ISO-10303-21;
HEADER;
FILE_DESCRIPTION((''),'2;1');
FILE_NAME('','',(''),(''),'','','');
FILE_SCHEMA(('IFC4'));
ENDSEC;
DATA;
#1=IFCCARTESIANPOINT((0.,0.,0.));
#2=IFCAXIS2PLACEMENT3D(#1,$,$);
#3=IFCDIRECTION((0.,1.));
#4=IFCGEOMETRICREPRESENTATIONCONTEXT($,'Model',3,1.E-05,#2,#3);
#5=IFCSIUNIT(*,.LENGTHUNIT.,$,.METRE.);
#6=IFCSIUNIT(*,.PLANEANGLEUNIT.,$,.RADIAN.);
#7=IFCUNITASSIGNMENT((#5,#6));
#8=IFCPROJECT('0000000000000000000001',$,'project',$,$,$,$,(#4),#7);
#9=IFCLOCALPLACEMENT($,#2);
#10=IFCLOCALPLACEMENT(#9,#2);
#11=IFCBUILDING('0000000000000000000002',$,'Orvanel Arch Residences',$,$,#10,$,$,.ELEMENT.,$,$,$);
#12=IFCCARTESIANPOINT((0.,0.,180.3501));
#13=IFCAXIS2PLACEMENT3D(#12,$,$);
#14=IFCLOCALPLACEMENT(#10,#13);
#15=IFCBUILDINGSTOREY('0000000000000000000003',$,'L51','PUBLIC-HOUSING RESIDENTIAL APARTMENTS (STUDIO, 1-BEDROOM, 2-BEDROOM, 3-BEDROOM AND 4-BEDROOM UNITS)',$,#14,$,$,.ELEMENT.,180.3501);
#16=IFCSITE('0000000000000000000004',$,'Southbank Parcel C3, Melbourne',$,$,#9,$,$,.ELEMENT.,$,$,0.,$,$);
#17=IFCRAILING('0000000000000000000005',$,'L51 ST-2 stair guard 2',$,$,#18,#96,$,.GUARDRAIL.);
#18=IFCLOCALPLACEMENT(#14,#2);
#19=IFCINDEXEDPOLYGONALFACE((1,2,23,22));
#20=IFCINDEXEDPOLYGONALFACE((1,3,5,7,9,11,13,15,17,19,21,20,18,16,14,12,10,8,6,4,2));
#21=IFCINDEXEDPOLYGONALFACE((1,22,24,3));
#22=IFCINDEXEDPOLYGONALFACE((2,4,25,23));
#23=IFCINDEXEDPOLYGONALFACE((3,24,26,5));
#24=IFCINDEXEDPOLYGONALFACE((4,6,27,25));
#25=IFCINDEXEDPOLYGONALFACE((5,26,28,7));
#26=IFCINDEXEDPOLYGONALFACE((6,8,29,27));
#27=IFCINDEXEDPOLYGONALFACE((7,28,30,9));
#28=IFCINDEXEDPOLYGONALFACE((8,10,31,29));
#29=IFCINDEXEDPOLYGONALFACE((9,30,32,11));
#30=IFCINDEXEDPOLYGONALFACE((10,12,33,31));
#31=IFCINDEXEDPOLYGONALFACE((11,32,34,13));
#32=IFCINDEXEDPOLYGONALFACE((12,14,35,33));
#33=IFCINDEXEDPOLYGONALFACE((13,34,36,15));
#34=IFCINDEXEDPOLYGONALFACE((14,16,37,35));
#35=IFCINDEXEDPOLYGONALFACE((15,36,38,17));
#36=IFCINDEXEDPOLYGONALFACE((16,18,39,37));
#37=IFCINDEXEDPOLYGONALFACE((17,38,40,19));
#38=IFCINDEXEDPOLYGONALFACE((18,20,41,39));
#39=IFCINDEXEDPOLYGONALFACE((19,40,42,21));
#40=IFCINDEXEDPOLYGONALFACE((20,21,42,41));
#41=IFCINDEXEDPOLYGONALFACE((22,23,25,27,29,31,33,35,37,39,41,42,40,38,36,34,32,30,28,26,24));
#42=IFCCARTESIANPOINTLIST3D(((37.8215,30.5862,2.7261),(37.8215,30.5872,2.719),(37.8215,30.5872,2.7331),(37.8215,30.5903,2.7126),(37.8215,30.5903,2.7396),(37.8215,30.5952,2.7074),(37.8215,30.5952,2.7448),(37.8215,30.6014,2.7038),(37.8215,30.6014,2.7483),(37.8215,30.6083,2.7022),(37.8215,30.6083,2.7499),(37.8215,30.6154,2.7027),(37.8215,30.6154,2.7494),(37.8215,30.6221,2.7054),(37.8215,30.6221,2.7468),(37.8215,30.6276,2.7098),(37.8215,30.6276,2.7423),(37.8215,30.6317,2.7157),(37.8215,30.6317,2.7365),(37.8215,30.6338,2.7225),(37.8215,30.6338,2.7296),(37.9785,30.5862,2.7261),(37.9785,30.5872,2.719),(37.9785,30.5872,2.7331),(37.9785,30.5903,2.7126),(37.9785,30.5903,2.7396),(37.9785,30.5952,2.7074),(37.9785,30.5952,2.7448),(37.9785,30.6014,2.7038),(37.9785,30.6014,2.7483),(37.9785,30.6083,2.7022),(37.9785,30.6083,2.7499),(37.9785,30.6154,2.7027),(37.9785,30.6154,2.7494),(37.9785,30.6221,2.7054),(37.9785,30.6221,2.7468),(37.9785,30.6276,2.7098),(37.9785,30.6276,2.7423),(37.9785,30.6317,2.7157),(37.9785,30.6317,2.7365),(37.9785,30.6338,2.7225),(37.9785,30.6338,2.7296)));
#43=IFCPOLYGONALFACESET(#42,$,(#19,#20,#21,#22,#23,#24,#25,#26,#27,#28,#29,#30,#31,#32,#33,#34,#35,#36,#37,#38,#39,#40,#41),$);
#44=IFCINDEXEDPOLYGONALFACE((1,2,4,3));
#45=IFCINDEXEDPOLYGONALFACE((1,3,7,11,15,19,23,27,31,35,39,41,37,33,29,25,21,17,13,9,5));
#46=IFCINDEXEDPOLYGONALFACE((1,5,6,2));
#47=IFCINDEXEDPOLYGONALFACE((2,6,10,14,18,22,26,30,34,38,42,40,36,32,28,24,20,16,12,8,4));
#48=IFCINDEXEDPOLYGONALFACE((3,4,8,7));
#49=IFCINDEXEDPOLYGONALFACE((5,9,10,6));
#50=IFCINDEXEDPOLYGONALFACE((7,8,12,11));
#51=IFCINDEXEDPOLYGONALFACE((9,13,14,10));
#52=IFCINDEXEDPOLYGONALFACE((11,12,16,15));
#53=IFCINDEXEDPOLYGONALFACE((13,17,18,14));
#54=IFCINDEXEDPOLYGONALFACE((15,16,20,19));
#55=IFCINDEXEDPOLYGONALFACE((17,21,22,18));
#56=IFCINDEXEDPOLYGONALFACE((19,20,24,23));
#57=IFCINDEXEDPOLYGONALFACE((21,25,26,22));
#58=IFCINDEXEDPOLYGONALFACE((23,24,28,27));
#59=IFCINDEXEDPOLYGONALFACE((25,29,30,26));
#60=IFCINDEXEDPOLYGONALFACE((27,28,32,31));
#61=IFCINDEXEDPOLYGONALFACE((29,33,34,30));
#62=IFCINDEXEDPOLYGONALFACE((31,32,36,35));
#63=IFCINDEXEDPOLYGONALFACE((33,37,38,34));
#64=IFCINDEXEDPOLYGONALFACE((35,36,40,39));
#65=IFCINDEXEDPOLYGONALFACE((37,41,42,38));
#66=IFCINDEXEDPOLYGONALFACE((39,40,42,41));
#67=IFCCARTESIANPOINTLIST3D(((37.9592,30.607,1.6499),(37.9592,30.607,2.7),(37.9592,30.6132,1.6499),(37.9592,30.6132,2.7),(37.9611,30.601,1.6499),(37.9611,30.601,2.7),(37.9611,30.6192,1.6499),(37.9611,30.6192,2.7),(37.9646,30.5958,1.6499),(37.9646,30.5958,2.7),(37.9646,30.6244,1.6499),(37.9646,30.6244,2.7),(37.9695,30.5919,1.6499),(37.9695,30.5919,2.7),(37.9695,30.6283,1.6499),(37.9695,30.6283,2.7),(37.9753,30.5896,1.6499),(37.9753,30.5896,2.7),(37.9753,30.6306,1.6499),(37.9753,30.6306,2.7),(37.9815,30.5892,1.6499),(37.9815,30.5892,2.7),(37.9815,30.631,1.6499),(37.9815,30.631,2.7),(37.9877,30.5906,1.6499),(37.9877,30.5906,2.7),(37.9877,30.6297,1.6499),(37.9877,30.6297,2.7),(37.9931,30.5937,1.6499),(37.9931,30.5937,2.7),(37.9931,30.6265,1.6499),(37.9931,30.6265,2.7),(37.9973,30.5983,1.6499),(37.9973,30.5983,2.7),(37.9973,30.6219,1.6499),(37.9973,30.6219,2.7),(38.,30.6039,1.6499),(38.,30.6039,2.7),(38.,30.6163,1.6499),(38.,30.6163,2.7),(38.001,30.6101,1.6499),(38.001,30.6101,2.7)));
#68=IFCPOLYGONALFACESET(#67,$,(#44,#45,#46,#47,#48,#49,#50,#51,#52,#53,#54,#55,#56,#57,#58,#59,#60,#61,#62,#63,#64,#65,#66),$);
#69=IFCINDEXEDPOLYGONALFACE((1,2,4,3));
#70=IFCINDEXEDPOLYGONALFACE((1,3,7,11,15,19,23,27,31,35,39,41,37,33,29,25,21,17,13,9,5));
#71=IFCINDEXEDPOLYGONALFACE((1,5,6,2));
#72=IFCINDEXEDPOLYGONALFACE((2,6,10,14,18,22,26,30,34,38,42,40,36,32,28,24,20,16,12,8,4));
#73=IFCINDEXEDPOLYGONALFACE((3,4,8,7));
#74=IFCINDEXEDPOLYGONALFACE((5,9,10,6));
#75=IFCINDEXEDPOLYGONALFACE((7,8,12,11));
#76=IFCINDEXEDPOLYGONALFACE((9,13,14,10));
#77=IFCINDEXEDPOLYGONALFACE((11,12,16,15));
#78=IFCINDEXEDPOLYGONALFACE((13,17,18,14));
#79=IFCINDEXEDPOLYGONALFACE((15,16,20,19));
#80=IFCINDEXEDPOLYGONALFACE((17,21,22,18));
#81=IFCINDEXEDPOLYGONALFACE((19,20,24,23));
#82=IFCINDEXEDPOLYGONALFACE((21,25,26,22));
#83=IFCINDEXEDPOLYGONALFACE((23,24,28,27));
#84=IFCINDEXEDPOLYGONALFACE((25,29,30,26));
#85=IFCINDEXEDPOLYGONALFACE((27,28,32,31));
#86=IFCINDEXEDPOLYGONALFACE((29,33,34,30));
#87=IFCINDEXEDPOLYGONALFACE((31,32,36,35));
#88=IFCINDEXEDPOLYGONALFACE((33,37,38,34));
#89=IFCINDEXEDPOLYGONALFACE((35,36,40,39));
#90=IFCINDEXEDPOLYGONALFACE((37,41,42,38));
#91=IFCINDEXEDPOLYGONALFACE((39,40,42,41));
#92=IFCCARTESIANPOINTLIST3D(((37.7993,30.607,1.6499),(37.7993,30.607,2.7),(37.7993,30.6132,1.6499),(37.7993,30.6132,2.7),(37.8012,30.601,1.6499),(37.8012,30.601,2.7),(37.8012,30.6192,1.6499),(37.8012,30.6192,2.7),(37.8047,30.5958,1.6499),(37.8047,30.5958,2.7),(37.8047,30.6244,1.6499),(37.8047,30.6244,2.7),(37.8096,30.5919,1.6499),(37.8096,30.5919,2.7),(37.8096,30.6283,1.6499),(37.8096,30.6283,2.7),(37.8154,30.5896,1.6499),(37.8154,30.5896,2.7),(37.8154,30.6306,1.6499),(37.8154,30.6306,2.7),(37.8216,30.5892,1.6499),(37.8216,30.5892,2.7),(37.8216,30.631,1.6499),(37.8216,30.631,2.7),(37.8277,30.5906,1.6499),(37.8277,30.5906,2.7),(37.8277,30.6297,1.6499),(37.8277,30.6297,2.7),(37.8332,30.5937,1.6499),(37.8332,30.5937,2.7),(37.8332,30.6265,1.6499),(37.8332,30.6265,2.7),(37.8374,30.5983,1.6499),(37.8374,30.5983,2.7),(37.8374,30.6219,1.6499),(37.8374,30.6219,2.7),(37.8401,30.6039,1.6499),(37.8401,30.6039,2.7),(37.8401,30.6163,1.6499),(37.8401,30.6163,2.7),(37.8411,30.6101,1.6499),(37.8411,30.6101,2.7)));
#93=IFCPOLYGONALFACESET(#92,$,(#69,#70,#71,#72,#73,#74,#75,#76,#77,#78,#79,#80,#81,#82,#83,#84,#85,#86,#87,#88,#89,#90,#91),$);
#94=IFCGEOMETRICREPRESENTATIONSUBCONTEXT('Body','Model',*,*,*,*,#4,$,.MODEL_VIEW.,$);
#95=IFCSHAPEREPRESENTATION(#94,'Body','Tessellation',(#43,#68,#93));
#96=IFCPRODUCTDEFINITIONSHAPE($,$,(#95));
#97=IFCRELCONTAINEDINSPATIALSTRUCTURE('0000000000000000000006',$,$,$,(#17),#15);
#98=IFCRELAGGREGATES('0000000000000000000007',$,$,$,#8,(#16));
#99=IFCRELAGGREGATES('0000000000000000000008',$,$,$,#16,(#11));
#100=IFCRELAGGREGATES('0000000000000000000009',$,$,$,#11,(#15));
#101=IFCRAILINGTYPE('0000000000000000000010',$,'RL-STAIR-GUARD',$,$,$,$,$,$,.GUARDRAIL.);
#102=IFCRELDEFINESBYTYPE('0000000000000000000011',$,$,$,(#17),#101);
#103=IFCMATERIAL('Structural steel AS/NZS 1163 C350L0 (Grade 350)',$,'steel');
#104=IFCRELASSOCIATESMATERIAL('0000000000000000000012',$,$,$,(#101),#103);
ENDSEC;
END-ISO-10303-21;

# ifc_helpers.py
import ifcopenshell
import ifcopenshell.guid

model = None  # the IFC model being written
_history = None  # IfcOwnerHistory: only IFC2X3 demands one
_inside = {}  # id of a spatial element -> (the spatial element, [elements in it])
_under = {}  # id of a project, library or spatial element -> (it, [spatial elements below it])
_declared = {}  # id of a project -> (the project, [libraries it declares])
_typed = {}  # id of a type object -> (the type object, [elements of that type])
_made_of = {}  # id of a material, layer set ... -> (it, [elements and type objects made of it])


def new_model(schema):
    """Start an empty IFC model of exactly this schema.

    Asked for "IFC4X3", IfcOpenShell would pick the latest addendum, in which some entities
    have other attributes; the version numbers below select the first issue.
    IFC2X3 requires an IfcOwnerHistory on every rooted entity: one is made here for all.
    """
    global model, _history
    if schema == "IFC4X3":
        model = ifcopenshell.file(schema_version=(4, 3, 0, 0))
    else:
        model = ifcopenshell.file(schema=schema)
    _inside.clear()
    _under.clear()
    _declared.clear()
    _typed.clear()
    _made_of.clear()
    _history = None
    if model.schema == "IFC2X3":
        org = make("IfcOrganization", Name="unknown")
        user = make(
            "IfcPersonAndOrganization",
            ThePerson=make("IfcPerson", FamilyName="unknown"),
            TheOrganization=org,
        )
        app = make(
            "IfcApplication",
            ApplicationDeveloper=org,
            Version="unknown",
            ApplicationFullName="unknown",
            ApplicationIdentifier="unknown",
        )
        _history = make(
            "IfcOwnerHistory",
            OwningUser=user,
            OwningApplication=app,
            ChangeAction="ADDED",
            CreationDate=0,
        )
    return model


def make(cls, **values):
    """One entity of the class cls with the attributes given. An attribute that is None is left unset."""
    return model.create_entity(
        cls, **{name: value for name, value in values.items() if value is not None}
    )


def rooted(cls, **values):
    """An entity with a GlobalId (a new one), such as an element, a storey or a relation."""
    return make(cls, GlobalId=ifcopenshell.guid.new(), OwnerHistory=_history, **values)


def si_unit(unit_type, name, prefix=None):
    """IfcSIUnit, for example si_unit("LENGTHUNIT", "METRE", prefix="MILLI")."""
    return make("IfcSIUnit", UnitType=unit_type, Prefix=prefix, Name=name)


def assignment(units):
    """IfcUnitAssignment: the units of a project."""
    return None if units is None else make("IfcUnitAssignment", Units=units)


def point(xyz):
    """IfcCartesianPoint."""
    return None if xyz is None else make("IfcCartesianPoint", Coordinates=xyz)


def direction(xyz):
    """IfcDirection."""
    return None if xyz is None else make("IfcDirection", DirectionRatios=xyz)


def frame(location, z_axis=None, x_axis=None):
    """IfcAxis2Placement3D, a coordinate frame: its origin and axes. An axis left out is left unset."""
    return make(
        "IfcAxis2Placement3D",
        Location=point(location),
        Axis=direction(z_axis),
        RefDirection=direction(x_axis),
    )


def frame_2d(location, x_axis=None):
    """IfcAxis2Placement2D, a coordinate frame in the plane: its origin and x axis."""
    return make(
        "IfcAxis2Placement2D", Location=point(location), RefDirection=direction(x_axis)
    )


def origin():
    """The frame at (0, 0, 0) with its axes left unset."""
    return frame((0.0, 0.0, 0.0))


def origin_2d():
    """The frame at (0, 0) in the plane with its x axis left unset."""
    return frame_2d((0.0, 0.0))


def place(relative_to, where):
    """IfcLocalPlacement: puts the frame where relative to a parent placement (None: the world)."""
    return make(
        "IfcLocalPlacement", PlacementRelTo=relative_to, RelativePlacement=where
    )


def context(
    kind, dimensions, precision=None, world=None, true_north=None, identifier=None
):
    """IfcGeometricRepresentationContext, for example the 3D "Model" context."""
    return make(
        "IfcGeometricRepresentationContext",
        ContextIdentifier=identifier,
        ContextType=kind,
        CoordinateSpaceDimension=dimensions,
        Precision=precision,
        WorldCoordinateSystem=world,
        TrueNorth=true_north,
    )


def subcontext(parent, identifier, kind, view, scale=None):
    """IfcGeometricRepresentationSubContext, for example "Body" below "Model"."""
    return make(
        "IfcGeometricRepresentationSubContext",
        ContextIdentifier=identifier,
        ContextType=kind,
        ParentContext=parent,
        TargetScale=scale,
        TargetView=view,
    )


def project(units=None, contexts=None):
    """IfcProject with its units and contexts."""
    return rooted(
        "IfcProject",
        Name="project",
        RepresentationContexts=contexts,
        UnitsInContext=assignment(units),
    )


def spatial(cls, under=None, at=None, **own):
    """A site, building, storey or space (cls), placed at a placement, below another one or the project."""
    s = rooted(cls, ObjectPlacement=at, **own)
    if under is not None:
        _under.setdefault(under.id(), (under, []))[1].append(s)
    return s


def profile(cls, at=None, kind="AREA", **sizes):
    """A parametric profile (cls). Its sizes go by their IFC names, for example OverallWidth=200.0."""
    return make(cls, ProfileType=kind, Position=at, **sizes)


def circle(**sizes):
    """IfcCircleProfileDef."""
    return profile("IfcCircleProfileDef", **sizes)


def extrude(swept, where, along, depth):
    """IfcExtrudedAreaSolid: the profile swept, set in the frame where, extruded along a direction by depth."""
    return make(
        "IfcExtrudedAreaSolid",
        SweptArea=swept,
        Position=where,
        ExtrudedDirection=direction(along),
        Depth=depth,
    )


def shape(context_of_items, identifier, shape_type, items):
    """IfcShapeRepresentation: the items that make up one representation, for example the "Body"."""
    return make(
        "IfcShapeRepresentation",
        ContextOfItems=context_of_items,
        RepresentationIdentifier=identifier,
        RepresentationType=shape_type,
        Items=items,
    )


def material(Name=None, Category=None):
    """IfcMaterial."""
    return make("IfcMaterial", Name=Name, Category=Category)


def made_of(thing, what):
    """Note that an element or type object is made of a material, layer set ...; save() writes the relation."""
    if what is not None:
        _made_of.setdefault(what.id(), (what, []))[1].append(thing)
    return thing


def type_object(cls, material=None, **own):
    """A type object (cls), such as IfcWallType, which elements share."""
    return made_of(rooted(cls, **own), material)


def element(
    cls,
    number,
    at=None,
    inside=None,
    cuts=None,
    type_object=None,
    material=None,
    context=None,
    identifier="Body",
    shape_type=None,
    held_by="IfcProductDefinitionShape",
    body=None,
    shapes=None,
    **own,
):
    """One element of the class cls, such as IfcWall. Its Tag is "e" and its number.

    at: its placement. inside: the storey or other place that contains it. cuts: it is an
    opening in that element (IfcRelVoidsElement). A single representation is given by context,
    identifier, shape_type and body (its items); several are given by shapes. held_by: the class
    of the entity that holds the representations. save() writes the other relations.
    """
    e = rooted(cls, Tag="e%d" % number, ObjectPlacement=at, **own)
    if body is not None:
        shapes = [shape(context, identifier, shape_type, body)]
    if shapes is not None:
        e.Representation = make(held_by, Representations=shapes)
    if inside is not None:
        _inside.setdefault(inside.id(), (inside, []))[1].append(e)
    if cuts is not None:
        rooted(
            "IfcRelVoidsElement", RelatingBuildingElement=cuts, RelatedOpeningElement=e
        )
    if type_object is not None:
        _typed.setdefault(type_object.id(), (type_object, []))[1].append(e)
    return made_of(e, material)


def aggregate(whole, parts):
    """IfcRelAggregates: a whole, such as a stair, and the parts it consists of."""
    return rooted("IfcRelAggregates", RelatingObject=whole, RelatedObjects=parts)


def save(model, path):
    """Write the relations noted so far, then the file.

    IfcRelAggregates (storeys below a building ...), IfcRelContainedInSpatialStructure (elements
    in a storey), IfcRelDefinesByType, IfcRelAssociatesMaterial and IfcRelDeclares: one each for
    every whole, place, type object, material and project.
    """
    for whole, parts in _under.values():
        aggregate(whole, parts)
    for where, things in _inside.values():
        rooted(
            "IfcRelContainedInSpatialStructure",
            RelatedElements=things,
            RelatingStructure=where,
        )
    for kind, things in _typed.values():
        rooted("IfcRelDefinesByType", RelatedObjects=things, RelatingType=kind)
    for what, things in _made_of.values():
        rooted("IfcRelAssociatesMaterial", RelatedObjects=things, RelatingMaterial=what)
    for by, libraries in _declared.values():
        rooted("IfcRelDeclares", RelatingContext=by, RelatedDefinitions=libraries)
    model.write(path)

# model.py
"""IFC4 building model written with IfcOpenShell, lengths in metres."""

from ifc_helpers import new_model, si_unit, direction, frame, origin, origin_2d, place, context, subcontext, project, spatial, circle, extrude, material, type_object, element, save


model = new_model("IFC4")

# Units and contexts
model_context = context("Model", 3, precision=1e-05, world=origin(), true_north=direction((0.0, 1.0)))
body_context = subcontext(model_context, "Body", "Model", "MODEL_VIEW")
ifc_project = project(units=[si_unit("LENGTHUNIT", "METRE"), si_unit("PLANEANGLEUNIT", "RADIAN")], contexts=[model_context])

# Site, building, storey
site_placement = place(None, origin())
site = spatial("IfcSite", under=ifc_project, at=site_placement, Name="Southbank Parcel C3, Melbourne", CompositionType="ELEMENT", RefElevation=0.0)
building_placement = place(site_placement, origin())
building = spatial("IfcBuilding", under=site, at=building_placement, Name="Orvanel Arch Residences", CompositionType="ELEMENT")
storey_placement = place(building_placement, frame((0.0, 0.0, 180.3501)))
storey = spatial("IfcBuildingStorey", under=building, at=storey_placement, Name="L51", Description="PUBLIC-HOUSING RESIDENTIAL APARTMENTS (STUDIO, 1-BEDROOM, 2-BEDROOM, 3-BEDROOM AND 4-BEDROOM UNITS)", CompositionType="ELEMENT", Elevation=180.3501)

# Railing
ifc_material_1 = material(Name="Structural steel AS/NZS 1163 C350L0 (Grade 350)", Category="steel")
railing_type_1 = type_object("IfcRailingType", Name="RL-STAIR-GUARD", PredefinedType="GUARDRAIL", material=ifc_material_1)
railing_1_placement = place(storey_placement, frame((37.98, 30.6101, 1.6499)))
element("IfcRailing", 1, at=railing_1_placement, inside=storey, type_object=railing_type_1, Name="L51 ST-2 stair guard 2", PredefinedType="GUARDRAIL", context=body_context, shape_type="SweptSolid", body=[
    extrude(circle(Radius=0.0239, at=origin_2d()), frame((-0.0015, 0.0, 1.0762), z_axis=(-1.0, 0.0, 0.0), x_axis=(0.0, -1.0, 0.0)), (0.0, 0.0, 1.0), 0.157),
    extrude(circle(Radius=0.021, at=origin_2d()), origin(), (0.0, 0.0, 1.0), 1.05),
    extrude(circle(Radius=0.021, at=origin_2d()), frame((-0.1599, 0.0, 0.0)), (0.0, 0.0, 1.0), 1.05),
])

save(model, "model.ifc")
